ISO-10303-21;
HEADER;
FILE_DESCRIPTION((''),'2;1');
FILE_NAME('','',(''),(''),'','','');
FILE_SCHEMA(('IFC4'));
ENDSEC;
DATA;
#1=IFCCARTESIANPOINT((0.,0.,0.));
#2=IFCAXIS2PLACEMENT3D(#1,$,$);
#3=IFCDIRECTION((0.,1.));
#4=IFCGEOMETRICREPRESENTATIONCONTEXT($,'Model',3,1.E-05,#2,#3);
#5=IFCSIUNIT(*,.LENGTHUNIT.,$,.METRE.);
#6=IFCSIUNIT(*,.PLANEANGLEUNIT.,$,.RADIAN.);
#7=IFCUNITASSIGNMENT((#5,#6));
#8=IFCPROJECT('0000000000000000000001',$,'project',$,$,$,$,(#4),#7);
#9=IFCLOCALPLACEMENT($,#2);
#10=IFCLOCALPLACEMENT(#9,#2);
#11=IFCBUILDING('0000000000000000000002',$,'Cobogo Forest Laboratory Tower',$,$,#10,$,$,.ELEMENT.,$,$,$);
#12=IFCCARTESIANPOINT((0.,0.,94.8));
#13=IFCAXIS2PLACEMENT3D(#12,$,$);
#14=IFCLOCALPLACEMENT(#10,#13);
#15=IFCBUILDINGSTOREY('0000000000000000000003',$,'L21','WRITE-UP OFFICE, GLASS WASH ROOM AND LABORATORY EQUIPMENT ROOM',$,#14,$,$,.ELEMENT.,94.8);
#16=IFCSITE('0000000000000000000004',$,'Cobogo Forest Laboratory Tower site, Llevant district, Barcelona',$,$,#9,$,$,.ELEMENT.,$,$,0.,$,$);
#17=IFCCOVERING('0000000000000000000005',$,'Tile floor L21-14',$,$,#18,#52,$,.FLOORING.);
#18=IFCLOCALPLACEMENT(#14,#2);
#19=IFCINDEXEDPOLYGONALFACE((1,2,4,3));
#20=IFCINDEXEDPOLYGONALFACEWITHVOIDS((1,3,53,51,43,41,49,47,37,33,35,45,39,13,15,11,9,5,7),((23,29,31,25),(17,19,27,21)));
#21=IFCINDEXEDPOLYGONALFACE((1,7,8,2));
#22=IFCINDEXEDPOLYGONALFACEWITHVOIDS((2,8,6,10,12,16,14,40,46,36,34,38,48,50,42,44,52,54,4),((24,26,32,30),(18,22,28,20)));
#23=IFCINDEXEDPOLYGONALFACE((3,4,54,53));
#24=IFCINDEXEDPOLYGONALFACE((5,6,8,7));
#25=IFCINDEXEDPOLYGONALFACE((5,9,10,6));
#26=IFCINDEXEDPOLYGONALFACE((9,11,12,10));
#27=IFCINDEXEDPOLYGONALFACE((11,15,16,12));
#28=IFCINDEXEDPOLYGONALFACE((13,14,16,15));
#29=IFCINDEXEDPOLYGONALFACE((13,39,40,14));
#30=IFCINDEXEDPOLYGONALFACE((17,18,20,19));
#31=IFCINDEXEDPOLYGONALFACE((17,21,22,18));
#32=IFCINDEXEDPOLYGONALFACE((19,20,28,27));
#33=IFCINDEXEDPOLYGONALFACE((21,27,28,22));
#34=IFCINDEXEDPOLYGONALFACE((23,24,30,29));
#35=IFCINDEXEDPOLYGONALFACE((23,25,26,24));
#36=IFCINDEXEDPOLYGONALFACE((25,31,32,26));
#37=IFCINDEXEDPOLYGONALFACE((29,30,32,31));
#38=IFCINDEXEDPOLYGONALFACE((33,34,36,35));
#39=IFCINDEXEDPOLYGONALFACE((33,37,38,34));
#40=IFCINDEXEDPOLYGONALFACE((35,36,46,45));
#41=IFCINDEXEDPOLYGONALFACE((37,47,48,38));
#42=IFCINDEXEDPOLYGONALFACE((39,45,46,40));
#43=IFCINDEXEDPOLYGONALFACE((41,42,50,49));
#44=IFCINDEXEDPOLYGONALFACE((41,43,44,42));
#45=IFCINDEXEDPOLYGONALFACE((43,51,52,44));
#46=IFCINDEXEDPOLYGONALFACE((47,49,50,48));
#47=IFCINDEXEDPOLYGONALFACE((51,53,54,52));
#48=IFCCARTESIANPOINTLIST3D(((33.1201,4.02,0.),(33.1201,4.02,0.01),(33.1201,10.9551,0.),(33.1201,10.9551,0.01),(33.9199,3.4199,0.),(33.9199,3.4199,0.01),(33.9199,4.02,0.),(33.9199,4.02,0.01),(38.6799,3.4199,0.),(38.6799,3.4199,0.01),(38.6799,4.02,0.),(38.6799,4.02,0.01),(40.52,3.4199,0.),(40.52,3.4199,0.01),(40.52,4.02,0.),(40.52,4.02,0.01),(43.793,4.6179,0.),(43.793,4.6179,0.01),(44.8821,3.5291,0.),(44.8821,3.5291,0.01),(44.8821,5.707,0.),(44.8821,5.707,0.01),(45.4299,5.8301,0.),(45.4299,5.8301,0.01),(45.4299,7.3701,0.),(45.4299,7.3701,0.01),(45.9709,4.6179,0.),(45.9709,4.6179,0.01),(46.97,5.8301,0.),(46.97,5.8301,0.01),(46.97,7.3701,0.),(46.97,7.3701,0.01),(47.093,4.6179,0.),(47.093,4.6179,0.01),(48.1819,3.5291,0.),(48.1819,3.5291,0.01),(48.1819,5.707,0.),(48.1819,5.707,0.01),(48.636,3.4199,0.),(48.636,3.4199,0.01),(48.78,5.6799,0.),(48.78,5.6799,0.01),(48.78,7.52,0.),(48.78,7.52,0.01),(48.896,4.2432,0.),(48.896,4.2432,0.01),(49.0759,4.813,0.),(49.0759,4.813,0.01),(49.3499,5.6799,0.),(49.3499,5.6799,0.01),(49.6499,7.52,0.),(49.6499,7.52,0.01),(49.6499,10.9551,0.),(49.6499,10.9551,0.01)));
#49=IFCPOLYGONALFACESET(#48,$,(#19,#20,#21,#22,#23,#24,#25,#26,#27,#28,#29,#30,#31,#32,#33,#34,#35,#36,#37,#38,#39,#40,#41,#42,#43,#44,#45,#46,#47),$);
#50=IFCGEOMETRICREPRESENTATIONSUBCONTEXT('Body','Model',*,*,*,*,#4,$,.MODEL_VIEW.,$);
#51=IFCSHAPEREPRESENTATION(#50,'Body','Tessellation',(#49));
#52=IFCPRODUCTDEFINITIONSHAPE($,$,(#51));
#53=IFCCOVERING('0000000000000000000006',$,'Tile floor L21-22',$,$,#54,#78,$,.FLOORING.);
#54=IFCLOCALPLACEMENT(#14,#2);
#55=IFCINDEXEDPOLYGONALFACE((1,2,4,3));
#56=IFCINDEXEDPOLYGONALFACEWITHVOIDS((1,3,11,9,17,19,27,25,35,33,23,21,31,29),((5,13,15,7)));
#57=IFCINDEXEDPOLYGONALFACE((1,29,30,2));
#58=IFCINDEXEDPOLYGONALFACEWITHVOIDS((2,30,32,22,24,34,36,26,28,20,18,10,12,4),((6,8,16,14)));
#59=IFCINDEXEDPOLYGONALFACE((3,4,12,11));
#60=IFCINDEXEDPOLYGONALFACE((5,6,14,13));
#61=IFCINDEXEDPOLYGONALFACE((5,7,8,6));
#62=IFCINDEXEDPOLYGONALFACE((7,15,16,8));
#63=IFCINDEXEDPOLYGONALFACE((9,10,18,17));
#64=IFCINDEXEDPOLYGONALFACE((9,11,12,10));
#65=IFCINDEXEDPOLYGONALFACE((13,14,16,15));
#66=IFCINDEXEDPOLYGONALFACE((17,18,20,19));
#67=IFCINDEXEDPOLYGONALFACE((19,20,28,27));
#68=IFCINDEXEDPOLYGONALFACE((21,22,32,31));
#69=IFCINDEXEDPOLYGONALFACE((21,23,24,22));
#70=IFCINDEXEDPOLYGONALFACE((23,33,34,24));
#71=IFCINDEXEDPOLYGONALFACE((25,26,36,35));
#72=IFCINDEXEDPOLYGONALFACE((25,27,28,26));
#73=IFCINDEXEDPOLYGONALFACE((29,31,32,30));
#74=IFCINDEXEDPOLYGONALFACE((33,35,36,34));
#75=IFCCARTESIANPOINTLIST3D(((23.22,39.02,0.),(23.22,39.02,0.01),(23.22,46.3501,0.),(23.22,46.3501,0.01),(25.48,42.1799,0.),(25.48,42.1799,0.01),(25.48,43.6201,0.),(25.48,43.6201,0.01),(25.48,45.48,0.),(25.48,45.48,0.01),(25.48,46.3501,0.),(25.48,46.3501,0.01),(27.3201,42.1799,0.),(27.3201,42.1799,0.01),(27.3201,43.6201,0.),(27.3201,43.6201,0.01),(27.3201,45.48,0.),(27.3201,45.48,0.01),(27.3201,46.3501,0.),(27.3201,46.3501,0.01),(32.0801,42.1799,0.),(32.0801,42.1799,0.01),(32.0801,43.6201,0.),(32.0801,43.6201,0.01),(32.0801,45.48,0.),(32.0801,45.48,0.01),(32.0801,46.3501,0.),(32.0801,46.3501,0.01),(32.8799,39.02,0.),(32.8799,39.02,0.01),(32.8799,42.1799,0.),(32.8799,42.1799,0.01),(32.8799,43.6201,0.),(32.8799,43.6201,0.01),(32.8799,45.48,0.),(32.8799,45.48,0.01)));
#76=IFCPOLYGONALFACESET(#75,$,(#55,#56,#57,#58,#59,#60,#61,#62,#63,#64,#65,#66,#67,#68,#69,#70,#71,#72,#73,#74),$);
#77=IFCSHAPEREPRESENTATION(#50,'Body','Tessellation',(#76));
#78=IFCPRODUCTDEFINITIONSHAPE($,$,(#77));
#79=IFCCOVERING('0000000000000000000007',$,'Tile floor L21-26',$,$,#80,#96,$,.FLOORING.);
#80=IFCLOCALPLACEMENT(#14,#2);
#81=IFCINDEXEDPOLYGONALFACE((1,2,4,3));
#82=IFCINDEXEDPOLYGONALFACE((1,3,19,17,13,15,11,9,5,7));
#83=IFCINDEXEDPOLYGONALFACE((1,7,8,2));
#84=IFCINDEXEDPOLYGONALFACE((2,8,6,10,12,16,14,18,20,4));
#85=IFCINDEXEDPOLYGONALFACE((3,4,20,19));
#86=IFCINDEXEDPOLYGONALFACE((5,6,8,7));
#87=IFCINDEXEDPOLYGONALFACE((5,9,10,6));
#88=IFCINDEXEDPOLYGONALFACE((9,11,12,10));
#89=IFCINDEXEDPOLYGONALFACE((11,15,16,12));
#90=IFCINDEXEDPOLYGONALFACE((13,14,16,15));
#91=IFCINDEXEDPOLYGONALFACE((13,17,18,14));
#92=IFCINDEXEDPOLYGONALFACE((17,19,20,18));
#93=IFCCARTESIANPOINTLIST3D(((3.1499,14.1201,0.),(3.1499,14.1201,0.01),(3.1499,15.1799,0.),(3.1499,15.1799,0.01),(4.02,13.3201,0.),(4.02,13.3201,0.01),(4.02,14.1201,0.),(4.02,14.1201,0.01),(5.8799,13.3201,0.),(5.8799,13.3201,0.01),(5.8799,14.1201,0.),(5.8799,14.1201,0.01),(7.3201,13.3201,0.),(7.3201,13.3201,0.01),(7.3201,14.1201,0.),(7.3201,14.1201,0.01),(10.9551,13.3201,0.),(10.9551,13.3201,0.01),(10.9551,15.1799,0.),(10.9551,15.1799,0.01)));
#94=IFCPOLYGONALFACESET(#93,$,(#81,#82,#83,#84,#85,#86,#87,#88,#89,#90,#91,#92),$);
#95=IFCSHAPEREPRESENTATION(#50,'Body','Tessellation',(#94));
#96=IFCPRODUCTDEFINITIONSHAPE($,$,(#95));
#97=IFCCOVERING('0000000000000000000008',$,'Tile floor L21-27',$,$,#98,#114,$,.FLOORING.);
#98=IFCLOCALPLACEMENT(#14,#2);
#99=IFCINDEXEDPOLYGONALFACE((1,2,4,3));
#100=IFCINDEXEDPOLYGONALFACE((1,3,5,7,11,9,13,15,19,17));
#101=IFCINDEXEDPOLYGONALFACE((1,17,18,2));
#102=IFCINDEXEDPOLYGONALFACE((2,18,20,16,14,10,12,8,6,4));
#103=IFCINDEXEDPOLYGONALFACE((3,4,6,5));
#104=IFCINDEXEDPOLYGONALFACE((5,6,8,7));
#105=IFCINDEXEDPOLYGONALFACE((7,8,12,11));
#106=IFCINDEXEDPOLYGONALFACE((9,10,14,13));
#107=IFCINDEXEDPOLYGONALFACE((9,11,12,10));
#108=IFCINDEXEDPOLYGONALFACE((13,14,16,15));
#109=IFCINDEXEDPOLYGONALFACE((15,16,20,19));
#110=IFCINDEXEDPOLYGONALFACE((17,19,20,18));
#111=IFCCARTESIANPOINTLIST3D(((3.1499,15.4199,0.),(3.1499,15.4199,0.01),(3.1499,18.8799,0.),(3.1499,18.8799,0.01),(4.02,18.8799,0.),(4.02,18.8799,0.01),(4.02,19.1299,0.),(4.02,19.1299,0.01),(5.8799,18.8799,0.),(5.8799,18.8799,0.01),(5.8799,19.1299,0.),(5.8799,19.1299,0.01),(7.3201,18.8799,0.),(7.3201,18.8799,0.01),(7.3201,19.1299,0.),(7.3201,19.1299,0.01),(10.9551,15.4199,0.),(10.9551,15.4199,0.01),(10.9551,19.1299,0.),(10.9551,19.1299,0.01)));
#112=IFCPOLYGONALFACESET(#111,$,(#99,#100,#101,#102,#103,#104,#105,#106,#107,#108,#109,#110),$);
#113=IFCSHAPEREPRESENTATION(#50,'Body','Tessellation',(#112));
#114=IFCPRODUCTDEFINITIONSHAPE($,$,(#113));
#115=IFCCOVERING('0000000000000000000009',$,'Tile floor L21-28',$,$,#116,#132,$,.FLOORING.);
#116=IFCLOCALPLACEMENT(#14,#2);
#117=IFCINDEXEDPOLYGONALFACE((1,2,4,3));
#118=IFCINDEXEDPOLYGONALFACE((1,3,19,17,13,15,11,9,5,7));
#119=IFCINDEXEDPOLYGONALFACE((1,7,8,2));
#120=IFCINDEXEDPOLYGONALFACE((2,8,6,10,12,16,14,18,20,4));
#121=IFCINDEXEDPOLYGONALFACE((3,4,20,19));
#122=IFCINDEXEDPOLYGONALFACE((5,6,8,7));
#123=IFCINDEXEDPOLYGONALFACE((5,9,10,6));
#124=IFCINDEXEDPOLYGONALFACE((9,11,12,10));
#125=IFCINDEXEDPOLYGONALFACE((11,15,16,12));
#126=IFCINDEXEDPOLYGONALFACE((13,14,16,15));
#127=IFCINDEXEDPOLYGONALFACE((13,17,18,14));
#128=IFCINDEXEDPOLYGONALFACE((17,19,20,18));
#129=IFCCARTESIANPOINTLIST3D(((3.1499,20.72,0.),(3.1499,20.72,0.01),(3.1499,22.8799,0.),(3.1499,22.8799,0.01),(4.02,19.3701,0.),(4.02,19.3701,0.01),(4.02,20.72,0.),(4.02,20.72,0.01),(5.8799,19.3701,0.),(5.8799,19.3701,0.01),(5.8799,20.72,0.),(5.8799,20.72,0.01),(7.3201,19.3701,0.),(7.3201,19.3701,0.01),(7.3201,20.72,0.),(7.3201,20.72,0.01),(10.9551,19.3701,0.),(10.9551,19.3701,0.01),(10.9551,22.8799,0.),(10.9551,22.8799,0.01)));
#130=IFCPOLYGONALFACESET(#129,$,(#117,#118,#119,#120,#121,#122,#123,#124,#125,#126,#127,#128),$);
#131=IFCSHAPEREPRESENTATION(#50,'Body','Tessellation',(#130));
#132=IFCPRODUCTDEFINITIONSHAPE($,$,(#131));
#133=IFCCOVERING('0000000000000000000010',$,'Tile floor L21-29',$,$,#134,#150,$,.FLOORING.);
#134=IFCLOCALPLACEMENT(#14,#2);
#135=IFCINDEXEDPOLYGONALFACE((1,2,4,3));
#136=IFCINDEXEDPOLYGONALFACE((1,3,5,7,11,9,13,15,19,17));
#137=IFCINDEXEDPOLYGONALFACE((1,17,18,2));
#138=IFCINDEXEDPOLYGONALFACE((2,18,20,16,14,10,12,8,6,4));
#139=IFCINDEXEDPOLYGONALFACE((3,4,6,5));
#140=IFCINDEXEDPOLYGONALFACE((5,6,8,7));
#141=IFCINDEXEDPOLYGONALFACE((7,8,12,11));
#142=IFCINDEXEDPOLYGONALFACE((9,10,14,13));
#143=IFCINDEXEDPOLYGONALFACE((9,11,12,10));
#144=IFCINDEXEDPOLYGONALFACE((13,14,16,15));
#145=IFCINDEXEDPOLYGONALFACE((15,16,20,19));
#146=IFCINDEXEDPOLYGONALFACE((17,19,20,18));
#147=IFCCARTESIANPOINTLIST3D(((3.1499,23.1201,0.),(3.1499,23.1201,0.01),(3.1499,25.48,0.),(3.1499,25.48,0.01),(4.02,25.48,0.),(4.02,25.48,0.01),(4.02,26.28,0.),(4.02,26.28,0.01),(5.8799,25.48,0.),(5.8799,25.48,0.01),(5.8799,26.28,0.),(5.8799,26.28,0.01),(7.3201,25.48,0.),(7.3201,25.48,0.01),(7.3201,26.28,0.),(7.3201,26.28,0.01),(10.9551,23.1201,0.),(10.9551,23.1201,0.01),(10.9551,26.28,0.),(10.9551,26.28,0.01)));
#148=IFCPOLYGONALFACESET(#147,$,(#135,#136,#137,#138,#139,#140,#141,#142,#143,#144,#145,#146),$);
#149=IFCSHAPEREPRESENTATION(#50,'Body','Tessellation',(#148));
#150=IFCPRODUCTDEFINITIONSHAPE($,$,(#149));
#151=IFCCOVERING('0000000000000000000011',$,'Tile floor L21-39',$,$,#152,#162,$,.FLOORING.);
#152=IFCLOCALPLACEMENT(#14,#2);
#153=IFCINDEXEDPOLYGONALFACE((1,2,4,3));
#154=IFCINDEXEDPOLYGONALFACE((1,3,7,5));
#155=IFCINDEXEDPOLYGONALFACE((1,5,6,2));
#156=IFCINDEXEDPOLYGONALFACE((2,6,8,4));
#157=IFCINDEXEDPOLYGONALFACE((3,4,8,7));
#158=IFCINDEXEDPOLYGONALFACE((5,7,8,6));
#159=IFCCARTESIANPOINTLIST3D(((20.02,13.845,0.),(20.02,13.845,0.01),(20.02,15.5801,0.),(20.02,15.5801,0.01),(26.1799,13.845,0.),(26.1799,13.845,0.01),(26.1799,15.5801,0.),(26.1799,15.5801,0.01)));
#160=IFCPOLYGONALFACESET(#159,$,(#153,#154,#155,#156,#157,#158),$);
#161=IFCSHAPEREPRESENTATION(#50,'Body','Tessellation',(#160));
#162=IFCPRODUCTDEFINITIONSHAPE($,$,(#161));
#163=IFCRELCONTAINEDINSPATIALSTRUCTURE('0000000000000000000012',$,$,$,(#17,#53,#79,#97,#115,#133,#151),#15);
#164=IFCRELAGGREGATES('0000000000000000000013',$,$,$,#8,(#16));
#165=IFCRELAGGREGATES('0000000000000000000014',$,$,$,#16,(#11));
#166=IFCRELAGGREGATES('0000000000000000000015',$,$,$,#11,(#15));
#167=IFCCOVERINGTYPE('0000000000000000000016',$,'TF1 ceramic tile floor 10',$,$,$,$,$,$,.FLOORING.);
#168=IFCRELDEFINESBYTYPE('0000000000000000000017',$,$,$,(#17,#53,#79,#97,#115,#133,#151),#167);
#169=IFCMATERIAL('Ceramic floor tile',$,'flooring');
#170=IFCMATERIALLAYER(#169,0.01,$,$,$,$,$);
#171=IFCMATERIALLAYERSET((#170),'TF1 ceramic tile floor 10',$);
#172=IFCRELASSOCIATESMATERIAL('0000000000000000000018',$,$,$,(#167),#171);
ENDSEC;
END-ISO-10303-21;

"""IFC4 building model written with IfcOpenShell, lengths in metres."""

from ifc_helpers import new_model, si_unit, direction, frame, origin, place, context, subcontext, project, spatial, polyline, outline, extrude, material, layer, layer_set, type_object, element, save


model = new_model("IFC4")

# Units and contexts
model_context = context("Model", 3, precision=1e-05, world=origin(), true_north=direction((0.0, 1.0)))
body_context = subcontext(model_context, "Body", "Model", "MODEL_VIEW")
ifc_project = project(units=[si_unit("LENGTHUNIT", "METRE"), si_unit("PLANEANGLEUNIT", "RADIAN")], contexts=[model_context])

# Site, building, storey
site_placement = place(None, origin())
site = spatial("IfcSite", under=ifc_project, at=site_placement, Name="Cobogo Forest Laboratory Tower site, Llevant district, Barcelona", CompositionType="ELEMENT", RefElevation=0.0)
building_placement = place(site_placement, origin())
building = spatial("IfcBuilding", under=site, at=building_placement, Name="Cobogo Forest Laboratory Tower", CompositionType="ELEMENT")
storey_placement = place(building_placement, frame((0.0, 0.0, 94.8)))
storey = spatial("IfcBuildingStorey", under=building, at=storey_placement, Name="L21", Description="WRITE-UP OFFICE, GLASS WASH ROOM AND LABORATORY EQUIPMENT ROOM", CompositionType="ELEMENT", Elevation=94.8)

# Coverings
ifc_material_1 = material(Name="Ceramic floor tile", Category="flooring")
ifc_layer_1 = layer(ifc_material_1, 0.01)
ifc_layer_set_1 = layer_set([ifc_layer_1], Name="TF1 ceramic tile floor 10")
covering_type_1 = type_object("IfcCoveringType", Name="TF1 ceramic tile floor 10", PredefinedType="FLOORING", material=ifc_layer_set_1)
covering_1_placement = place(storey_placement, origin())
element("IfcCovering", 1, at=covering_1_placement, inside=storey, type_object=covering_type_1, Name="Tile floor L21-14", PredefinedType="FLOORING", context=body_context, shape_type="SweptSolid", body=[
    extrude(outline(polyline([(33.1201, 10.9551), (49.6499, 10.9551), (49.6499, 7.52), (48.78, 7.52), (48.78, 5.6799), (49.3499, 5.6799), (49.0759, 4.813), (48.1819, 5.707), (47.093, 4.6179), (48.1819, 3.5291), (48.896, 4.2432), (48.636, 3.4199), (40.52, 3.4199), (40.52, 4.02), (38.6799, 4.02), (38.6799, 3.4199), (33.9199, 3.4199), (33.9199, 4.02), (33.1201, 4.02), (33.1201, 10.9551)]), holes=[polyline([(45.4299, 5.8301), (46.97, 5.8301), (46.97, 7.3701), (45.4299, 7.3701), (45.4299, 5.8301)]), polyline([(43.793, 4.6179), (44.8821, 3.5291), (45.9709, 4.6179), (44.8821, 5.707), (43.793, 4.6179)])]), origin(), (0.0, 0.0, 1.0), 0.01),
])
covering_2_placement = place(storey_placement, origin())
element("IfcCovering", 2, at=covering_2_placement, inside=storey, type_object=covering_type_1, Name="Tile floor L21-22", PredefinedType="FLOORING", context=body_context, shape_type="SweptSolid", body=[
    extrude(outline(polyline([(23.22, 39.02), (23.22, 46.3501), (25.48, 46.3501), (25.48, 45.48), (27.3201, 45.48), (27.3201, 46.3501), (32.0801, 46.3501), (32.0801, 45.48), (32.8799, 45.48), (32.8799, 43.6201), (32.0801, 43.6201), (32.0801, 42.1799), (32.8799, 42.1799), (32.8799, 39.02), (23.22, 39.02)]), holes=[polyline([(25.48, 43.6201), (25.48, 42.1799), (27.3201, 42.1799), (27.3201, 43.6201), (25.48, 43.6201)])]), origin(), (0.0, 0.0, 1.0), 0.01),
])
covering_3_placement = place(storey_placement, origin())
element("IfcCovering", 3, at=covering_3_placement, inside=storey, type_object=covering_type_1, Name="Tile floor L21-26", PredefinedType="FLOORING", context=body_context, shape_type="SweptSolid", body=[
    extrude(outline(polyline([(10.9551, 13.3201), (7.3201, 13.3201), (7.3201, 14.1201), (5.8799, 14.1201), (5.8799, 13.3201), (4.02, 13.3201), (4.02, 14.1201), (3.1499, 14.1201), (3.1499, 15.1799), (10.9551, 15.1799), (10.9551, 13.3201)])), origin(), (0.0, 0.0, 1.0), 0.01),
])
covering_4_placement = place(storey_placement, origin())
element("IfcCovering", 4, at=covering_4_placement, inside=storey, type_object=covering_type_1, Name="Tile floor L21-27", PredefinedType="FLOORING", context=body_context, shape_type="SweptSolid", body=[
    extrude(outline(polyline([(10.9551, 15.4199), (3.1499, 15.4199), (3.1499, 18.8799), (4.02, 18.8799), (4.02, 19.1299), (5.8799, 19.1299), (5.8799, 18.8799), (7.3201, 18.8799), (7.3201, 19.1299), (10.9551, 19.1299), (10.9551, 15.4199)])), origin(), (0.0, 0.0, 1.0), 0.01),
])
covering_5_placement = place(storey_placement, origin())
element("IfcCovering", 5, at=covering_5_placement, inside=storey, type_object=covering_type_1, Name="Tile floor L21-28", PredefinedType="FLOORING", context=body_context, shape_type="SweptSolid", body=[
    extrude(outline(polyline([(10.9551, 19.3701), (7.3201, 19.3701), (7.3201, 20.72), (5.8799, 20.72), (5.8799, 19.3701), (4.02, 19.3701), (4.02, 20.72), (3.1499, 20.72), (3.1499, 22.8799), (10.9551, 22.8799), (10.9551, 19.3701)])), origin(), (0.0, 0.0, 1.0), 0.01),
])
covering_6_placement = place(storey_placement, origin())
element("IfcCovering", 6, at=covering_6_placement, inside=storey, type_object=covering_type_1, Name="Tile floor L21-29", PredefinedType="FLOORING", context=body_context, shape_type="SweptSolid", body=[
    extrude(outline(polyline([(10.9551, 23.1201), (3.1499, 23.1201), (3.1499, 25.48), (4.02, 25.48), (4.02, 26.28), (5.8799, 26.28), (5.8799, 25.48), (7.3201, 25.48), (7.3201, 26.28), (10.9551, 26.28), (10.9551, 23.1201)])), origin(), (0.0, 0.0, 1.0), 0.01),
])
covering_7_placement = place(storey_placement, origin())
element("IfcCovering", 7, at=covering_7_placement, inside=storey, type_object=covering_type_1, Name="Tile floor L21-39", PredefinedType="FLOORING", context=body_context, shape_type="SweptSolid", body=[
    extrude(outline(polyline([(26.1799, 13.845), (20.02, 13.845), (20.02, 15.5801), (26.1799, 15.5801), (26.1799, 13.845)])), origin(), (0.0, 0.0, 1.0), 0.01),
])

save(model, "model.ifc")
